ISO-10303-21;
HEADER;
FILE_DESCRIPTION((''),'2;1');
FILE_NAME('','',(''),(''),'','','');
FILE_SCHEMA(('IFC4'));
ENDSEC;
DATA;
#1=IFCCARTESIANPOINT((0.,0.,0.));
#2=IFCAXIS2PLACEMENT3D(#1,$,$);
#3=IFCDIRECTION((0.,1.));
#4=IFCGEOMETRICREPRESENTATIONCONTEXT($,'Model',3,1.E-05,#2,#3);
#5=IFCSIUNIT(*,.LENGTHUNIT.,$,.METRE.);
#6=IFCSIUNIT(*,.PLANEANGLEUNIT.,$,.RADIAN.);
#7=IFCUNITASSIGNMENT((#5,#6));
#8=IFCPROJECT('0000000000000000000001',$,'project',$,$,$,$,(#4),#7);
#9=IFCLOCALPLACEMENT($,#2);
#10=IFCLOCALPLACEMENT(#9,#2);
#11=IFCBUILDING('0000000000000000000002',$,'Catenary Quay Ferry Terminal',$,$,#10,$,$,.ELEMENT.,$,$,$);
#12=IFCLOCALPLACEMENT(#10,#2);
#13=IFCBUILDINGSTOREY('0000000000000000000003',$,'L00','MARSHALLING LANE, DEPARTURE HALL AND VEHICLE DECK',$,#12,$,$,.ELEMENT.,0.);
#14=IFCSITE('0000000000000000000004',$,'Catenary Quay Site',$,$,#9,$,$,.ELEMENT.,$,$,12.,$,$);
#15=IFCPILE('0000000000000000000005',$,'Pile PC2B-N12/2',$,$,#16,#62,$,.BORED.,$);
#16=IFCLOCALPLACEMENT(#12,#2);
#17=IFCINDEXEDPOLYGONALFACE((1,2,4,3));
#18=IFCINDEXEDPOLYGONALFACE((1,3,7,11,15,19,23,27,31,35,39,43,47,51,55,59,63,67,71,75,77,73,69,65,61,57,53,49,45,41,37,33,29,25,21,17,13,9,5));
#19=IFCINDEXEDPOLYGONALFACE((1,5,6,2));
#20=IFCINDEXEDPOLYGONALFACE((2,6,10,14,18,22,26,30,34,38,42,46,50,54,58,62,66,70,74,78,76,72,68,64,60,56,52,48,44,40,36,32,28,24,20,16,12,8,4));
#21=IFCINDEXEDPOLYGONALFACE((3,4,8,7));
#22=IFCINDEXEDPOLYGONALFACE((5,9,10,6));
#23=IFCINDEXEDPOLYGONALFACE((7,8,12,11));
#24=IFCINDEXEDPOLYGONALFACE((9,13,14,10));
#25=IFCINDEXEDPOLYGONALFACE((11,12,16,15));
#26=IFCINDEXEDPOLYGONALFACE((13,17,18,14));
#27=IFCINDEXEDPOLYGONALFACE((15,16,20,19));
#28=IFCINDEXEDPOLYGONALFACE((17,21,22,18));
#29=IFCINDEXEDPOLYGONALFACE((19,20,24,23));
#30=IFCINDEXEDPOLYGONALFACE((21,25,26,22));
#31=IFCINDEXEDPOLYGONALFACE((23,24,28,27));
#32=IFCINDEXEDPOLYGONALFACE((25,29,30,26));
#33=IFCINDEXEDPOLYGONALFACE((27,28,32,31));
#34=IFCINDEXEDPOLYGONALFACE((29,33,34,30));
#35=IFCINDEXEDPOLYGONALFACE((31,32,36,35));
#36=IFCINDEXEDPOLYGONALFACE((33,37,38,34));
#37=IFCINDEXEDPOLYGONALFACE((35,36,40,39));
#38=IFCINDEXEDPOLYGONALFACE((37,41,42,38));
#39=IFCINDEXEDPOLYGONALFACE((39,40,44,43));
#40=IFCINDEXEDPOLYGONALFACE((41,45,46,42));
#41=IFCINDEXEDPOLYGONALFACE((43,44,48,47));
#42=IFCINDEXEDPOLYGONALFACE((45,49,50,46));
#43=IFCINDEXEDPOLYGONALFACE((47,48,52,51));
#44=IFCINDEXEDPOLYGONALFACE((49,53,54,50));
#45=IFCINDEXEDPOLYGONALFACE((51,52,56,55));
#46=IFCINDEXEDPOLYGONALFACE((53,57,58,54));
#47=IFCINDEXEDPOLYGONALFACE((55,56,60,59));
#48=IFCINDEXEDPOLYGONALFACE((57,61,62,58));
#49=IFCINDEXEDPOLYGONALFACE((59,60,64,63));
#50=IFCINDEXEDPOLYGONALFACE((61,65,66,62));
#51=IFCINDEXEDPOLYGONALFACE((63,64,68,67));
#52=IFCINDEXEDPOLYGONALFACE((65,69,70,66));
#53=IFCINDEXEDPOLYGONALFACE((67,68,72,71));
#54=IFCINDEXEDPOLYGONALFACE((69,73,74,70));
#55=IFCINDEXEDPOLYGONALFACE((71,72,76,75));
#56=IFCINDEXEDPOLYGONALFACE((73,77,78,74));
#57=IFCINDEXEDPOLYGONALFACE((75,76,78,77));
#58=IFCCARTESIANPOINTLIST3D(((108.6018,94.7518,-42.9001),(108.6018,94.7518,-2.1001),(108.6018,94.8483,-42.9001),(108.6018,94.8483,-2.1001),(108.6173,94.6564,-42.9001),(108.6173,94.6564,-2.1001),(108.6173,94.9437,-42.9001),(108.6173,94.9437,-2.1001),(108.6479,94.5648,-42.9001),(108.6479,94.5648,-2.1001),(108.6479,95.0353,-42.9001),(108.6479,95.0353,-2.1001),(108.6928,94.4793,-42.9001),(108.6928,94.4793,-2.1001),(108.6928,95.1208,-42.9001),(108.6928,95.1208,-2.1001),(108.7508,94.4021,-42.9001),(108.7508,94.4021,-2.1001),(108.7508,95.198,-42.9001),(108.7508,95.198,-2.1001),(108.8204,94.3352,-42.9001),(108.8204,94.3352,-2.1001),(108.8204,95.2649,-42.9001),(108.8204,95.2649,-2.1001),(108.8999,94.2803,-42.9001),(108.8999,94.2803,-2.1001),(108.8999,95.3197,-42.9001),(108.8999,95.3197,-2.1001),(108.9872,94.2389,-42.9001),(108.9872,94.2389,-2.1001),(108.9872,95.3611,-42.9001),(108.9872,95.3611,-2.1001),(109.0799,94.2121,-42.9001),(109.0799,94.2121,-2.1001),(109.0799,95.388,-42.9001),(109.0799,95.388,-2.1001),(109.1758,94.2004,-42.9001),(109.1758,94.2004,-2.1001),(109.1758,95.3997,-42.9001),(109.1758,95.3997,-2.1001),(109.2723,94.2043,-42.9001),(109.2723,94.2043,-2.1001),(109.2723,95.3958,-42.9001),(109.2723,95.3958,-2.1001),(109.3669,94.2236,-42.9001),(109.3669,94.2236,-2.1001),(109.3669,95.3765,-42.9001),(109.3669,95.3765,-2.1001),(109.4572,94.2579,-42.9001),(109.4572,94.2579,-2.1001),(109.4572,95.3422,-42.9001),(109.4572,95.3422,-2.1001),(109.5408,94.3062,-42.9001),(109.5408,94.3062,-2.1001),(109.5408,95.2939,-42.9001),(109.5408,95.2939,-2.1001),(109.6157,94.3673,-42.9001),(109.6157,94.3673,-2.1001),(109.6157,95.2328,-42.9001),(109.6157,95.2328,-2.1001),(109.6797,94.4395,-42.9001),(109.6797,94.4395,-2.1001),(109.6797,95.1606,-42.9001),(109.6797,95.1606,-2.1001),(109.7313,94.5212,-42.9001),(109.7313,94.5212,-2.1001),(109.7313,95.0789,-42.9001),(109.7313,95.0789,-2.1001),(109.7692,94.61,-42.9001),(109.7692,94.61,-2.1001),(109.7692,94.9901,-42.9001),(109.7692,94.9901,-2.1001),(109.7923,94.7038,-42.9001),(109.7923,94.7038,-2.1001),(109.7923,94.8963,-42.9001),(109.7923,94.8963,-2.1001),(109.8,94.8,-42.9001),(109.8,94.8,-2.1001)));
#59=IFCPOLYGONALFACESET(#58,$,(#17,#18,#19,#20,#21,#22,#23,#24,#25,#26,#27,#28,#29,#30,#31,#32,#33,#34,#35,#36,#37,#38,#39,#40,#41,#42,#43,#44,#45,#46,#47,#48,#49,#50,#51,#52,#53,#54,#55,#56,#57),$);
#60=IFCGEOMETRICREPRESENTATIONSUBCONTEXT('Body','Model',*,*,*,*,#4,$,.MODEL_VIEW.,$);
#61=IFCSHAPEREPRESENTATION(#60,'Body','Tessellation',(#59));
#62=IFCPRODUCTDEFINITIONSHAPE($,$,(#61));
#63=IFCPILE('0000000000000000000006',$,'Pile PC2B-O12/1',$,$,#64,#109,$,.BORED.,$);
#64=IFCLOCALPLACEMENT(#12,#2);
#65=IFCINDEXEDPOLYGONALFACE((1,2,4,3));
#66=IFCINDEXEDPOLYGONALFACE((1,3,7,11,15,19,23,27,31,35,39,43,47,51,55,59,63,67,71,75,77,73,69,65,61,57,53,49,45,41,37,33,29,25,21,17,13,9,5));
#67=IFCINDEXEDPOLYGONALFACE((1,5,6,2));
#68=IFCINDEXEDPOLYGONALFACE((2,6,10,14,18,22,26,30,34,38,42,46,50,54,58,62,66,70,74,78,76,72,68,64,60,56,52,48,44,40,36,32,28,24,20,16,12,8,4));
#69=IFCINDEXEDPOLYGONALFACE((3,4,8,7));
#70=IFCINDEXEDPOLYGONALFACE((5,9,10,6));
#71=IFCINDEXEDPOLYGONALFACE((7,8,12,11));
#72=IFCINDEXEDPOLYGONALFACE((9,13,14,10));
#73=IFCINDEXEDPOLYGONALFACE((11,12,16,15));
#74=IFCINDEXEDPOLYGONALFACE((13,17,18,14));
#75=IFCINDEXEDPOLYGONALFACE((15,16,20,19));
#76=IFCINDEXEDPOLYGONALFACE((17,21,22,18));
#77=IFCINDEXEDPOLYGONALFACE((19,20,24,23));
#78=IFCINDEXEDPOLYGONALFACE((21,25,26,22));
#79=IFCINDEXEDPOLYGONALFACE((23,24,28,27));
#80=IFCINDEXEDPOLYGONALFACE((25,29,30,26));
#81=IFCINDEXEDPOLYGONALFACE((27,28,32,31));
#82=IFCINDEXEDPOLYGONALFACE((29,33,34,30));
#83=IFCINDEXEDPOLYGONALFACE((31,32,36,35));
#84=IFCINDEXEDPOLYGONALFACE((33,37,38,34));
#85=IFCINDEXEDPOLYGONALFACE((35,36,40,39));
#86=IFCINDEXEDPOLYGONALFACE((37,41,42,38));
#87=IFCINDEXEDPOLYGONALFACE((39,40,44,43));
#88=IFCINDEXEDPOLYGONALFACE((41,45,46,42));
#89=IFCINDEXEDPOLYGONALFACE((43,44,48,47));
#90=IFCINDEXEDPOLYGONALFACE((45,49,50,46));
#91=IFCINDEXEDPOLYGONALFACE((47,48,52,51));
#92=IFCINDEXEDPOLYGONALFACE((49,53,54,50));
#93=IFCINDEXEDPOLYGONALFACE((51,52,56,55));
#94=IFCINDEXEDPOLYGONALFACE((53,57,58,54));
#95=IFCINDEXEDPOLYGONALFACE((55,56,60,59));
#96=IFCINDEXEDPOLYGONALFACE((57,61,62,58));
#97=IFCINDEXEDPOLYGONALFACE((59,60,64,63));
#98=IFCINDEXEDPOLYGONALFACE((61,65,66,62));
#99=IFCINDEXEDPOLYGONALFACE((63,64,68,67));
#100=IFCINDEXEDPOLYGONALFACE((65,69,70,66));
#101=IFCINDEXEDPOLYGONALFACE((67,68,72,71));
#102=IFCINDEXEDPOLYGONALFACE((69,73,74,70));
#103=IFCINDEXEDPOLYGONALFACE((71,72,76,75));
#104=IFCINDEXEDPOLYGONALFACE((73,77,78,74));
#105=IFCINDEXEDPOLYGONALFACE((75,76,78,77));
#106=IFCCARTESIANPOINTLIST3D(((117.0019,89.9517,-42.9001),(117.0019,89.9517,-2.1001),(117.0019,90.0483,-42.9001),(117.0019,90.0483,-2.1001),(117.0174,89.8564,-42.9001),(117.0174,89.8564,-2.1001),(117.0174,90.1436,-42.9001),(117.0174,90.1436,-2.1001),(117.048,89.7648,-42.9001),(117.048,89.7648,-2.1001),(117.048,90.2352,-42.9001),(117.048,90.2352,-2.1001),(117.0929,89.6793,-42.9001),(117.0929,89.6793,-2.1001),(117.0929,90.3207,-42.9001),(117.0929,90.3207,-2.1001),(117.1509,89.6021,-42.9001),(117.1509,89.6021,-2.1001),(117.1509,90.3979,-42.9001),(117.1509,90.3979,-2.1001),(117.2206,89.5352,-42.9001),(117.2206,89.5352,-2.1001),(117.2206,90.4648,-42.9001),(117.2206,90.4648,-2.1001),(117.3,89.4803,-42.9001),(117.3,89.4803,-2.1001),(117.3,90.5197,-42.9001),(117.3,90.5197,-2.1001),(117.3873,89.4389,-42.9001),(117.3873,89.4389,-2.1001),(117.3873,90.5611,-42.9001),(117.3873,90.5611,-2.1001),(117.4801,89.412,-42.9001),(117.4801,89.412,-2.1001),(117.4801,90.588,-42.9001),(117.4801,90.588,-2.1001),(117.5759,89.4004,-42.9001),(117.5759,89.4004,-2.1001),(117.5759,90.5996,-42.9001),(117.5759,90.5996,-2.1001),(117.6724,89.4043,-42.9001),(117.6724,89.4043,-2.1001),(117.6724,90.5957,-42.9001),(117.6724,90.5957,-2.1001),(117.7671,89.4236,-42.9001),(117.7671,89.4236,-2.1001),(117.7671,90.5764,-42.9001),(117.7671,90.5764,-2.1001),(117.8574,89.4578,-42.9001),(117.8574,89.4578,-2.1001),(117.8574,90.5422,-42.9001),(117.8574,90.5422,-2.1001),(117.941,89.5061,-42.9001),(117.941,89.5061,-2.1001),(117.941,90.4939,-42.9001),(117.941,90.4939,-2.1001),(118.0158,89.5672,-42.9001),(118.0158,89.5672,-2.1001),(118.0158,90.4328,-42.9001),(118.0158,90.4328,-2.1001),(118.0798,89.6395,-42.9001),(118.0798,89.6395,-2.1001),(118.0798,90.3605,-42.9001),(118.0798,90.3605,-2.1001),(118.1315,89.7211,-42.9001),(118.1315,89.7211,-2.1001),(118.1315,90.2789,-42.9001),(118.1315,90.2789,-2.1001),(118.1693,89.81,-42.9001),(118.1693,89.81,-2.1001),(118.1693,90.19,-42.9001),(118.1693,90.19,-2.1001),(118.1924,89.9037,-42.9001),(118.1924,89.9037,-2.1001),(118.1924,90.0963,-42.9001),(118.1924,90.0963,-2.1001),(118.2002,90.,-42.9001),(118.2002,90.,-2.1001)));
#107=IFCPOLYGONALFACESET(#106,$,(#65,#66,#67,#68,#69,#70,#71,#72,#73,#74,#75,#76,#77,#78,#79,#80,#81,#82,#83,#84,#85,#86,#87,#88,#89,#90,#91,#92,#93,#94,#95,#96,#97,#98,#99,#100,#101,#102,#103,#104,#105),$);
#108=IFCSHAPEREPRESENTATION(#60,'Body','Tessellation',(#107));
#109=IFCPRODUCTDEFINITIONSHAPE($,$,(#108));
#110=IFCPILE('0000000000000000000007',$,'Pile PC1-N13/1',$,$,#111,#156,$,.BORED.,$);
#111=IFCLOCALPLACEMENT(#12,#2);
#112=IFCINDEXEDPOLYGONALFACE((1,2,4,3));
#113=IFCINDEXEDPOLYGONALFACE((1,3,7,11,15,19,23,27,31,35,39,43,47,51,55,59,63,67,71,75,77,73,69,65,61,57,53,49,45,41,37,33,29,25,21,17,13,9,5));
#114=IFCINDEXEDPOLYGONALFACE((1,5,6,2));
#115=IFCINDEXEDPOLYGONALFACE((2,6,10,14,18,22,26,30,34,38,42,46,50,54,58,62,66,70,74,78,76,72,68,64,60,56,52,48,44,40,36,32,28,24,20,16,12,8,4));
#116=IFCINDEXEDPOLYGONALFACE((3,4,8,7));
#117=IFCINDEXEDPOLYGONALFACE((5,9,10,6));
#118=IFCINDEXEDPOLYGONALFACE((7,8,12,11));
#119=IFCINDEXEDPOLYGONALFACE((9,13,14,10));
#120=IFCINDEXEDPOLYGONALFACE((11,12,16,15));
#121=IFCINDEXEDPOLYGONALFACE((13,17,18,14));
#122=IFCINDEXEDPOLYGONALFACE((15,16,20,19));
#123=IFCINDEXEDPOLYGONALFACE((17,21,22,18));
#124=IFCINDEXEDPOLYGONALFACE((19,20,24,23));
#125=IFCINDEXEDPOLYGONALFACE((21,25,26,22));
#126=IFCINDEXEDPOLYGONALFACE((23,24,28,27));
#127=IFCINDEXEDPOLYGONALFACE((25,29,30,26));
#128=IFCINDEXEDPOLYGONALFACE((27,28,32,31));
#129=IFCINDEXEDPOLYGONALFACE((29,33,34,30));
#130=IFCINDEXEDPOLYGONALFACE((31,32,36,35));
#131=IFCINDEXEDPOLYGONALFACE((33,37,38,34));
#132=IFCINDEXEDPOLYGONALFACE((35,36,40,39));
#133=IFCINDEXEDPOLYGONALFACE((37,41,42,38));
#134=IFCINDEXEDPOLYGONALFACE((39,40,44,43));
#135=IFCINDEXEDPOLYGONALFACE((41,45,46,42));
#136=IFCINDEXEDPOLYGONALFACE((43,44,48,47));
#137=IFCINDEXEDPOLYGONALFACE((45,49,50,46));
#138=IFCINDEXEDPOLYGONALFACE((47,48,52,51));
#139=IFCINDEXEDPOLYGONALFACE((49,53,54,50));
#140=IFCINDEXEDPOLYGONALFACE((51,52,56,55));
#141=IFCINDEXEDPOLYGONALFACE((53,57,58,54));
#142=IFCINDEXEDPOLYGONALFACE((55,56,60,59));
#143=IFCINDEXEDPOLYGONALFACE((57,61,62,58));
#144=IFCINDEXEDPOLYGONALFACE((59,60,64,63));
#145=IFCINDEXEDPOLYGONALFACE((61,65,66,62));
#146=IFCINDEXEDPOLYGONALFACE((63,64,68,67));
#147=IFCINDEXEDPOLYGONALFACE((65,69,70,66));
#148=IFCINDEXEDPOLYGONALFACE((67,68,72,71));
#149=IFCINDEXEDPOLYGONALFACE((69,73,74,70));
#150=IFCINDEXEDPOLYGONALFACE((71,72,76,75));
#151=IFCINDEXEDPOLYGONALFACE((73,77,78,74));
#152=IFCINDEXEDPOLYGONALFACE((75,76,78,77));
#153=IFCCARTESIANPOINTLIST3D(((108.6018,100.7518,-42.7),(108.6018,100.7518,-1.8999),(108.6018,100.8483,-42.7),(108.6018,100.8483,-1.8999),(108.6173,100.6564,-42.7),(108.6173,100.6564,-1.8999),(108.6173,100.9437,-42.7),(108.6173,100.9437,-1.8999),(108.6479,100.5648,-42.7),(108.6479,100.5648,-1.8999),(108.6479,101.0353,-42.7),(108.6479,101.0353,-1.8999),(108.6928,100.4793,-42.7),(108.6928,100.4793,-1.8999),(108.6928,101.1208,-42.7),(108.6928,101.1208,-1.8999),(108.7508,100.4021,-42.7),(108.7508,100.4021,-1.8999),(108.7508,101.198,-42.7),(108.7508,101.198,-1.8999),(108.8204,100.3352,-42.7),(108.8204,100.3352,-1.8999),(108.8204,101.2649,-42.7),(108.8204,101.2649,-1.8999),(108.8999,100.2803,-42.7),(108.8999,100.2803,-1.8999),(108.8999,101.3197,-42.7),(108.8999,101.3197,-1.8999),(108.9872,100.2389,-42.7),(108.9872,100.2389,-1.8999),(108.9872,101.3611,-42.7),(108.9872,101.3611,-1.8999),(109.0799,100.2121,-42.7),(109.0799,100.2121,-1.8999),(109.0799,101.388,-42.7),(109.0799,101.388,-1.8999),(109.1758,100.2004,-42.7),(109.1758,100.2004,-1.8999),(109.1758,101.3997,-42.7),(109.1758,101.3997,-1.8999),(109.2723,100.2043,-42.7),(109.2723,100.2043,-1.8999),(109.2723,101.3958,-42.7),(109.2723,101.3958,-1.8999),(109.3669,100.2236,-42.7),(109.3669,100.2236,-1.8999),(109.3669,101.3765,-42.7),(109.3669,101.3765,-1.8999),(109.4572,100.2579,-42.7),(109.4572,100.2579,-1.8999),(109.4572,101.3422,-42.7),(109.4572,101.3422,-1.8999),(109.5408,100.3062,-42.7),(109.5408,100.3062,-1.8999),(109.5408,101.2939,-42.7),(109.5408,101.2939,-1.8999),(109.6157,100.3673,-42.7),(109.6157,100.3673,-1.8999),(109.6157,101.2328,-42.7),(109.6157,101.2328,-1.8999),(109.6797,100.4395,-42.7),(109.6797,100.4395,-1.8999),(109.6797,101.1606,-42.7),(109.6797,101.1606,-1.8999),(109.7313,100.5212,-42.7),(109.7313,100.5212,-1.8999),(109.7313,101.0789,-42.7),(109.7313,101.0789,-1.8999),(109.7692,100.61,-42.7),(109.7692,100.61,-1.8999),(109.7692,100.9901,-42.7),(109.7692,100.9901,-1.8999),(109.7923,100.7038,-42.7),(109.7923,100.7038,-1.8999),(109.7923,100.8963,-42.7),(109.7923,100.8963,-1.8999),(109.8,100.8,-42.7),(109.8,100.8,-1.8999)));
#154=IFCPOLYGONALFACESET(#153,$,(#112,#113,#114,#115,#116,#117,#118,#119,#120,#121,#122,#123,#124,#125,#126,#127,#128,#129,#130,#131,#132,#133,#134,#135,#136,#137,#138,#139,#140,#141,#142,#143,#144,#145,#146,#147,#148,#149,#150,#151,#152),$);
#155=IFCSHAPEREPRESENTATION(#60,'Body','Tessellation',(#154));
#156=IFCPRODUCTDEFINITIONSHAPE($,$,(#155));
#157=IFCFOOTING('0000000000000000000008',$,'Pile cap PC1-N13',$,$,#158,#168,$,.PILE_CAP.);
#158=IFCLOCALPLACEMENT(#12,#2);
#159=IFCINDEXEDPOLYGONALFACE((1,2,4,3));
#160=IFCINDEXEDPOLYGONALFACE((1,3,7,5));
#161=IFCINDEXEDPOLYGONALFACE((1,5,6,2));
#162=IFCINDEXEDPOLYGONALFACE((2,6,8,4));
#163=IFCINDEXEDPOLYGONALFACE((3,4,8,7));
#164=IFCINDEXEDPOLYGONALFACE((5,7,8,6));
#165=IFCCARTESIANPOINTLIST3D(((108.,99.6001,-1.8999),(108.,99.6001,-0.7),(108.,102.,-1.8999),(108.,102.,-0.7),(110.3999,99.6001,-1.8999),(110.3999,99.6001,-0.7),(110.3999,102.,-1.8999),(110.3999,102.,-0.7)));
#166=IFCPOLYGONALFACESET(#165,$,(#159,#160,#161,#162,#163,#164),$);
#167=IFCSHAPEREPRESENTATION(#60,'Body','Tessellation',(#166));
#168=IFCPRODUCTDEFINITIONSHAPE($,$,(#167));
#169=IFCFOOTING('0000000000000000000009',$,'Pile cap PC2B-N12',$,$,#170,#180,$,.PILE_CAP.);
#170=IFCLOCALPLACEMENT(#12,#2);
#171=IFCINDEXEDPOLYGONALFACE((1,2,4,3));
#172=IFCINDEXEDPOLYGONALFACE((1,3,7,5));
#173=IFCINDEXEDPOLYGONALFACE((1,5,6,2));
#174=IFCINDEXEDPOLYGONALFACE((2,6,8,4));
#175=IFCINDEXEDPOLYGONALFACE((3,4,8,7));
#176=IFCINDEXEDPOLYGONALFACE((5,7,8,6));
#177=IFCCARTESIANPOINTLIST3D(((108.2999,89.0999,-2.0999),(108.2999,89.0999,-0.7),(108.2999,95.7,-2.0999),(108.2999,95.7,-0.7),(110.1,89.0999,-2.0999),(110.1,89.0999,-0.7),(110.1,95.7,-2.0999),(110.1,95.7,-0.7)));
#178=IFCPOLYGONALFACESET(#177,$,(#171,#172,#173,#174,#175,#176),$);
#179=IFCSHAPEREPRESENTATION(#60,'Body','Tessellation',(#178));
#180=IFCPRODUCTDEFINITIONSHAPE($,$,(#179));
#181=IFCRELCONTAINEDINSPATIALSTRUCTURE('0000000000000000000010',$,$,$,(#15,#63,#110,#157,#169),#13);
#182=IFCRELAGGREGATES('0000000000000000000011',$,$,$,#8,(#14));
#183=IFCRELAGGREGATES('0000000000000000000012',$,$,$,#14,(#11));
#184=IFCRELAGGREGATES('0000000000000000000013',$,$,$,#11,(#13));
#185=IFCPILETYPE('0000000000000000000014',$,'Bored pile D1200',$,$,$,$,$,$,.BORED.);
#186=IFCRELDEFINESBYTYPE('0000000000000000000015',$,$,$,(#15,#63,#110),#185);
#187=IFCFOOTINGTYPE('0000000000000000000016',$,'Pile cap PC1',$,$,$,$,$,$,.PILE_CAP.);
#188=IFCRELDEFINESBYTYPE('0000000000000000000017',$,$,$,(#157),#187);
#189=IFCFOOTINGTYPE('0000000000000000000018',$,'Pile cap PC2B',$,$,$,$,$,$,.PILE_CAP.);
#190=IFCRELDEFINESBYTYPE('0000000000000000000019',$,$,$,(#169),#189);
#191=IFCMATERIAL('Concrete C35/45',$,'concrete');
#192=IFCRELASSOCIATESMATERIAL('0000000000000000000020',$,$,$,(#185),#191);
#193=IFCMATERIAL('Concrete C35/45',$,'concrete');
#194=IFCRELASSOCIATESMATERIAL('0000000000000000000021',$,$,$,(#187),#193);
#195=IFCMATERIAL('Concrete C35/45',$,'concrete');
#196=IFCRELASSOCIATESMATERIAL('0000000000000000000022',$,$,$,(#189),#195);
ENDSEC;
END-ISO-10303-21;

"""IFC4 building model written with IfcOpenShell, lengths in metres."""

from ifc_helpers import new_model, si_unit, direction, frame, origin, origin_2d, place, context, subcontext, project, spatial, rectangle, circle, extrude, material, material_profile, profile_set, type_object, element, save


model = new_model("IFC4")

# Units and contexts
model_context = context("Model", 3, precision=1e-05, world=origin(), true_north=direction((0.0, 1.0)))
body_context = subcontext(model_context, "Body", "Model", "MODEL_VIEW")
ifc_project = project(units=[si_unit("LENGTHUNIT", "METRE"), si_unit("PLANEANGLEUNIT", "RADIAN")], contexts=[model_context])

# Site, building, storey
site_placement = place(None, origin())
site = spatial("IfcSite", under=ifc_project, at=site_placement, Name="Catenary Quay Site", CompositionType="ELEMENT", RefElevation=12.0)
building_placement = place(site_placement, origin())
building = spatial("IfcBuilding", under=site, at=building_placement, Name="Catenary Quay Ferry Terminal", CompositionType="ELEMENT")
storey_placement = place(building_placement, origin())
storey = spatial("IfcBuildingStorey", under=building, at=storey_placement, Name="L00", Description="MARSHALLING LANE, DEPARTURE HALL AND VEHICLE DECK", CompositionType="ELEMENT", Elevation=0.0)

# Piles
ifc_material_1 = material(Name="Concrete C35/45", Category="concrete")
ifc_material_profile_1 = material_profile(ifc_material_1, circle(Radius=0.6001, at=origin_2d()), Name="D1200")
ifc_profile_set_1 = profile_set([ifc_material_profile_1], Name="Concrete C35/45")
pile_type = type_object("IfcPileType", Name="Bored pile D1200", PredefinedType="BORED", material=ifc_profile_set_1)
for number, where, z_axis, x_axis, name in (
    (1, (109.2, 94.8, -2.1001), (0.0, 0.0, -1.0), (1.0, 0.0, 0.0), "Pile PC2B-N12/2"),
    (2, (117.6001, 90.0, -2.1001), (0.0, 0.0, -1.0), (1.0, 0.0, 0.0), "Pile PC2B-O12/1"),
    (3, (109.2, 100.8, -1.8999), (0.0, 0.0, -1.0), (1.0, 0.0, 0.0), "Pile PC1-N13/1"),
):
    element("IfcPile", number, at=place(storey_placement, frame(where, z_axis=z_axis, x_axis=x_axis)), inside=storey, type_object=pile_type, Name=name, PredefinedType="BORED", context=body_context, shape_type="SweptSolid", body=[
        extrude(circle(Radius=0.6001, at=origin_2d()), origin(), (0.0, 0.0, 1.0), 40.8),
    ])

# Footings
ifc_material_2 = material(Name="Concrete C35/45", Category="concrete")
footing_type_1 = type_object("IfcFootingType", Name="Pile cap PC1", PredefinedType="PILE_CAP", material=ifc_material_2)
footing_1_placement = place(storey_placement, frame((109.2, 100.8, -1.8999), z_axis=(0.0, 0.0, 1.0), x_axis=(1.0, 0.0, 0.0)))
element("IfcFooting", 4, at=footing_1_placement, inside=storey, type_object=footing_type_1, Name="Pile cap PC1-N13", PredefinedType="PILE_CAP", context=body_context, shape_type="SweptSolid", body=[
    extrude(rectangle(XDim=2.3999, YDim=2.3999, at=origin_2d()), origin(), (0.0, 0.0, 1.0), 1.2),
])
ifc_material_3 = material(Name="Concrete C35/45", Category="concrete")
footing_type_2 = type_object("IfcFootingType", Name="Pile cap PC2B", PredefinedType="PILE_CAP", material=ifc_material_3)
footing_2_placement = place(storey_placement, frame((109.2, 92.3999, -2.0999), z_axis=(0.0, 0.0, 1.0), x_axis=(1.0, 0.0, 0.0)))
element("IfcFooting", 5, at=footing_2_placement, inside=storey, type_object=footing_type_2, Name="Pile cap PC2B-N12", PredefinedType="PILE_CAP", context=body_context, shape_type="SweptSolid", body=[
    extrude(rectangle(XDim=1.8, YDim=6.6001, at=origin_2d()), origin(), (0.0, 0.0, 1.0), 1.3999),
])

save(model, "model.ifc")
